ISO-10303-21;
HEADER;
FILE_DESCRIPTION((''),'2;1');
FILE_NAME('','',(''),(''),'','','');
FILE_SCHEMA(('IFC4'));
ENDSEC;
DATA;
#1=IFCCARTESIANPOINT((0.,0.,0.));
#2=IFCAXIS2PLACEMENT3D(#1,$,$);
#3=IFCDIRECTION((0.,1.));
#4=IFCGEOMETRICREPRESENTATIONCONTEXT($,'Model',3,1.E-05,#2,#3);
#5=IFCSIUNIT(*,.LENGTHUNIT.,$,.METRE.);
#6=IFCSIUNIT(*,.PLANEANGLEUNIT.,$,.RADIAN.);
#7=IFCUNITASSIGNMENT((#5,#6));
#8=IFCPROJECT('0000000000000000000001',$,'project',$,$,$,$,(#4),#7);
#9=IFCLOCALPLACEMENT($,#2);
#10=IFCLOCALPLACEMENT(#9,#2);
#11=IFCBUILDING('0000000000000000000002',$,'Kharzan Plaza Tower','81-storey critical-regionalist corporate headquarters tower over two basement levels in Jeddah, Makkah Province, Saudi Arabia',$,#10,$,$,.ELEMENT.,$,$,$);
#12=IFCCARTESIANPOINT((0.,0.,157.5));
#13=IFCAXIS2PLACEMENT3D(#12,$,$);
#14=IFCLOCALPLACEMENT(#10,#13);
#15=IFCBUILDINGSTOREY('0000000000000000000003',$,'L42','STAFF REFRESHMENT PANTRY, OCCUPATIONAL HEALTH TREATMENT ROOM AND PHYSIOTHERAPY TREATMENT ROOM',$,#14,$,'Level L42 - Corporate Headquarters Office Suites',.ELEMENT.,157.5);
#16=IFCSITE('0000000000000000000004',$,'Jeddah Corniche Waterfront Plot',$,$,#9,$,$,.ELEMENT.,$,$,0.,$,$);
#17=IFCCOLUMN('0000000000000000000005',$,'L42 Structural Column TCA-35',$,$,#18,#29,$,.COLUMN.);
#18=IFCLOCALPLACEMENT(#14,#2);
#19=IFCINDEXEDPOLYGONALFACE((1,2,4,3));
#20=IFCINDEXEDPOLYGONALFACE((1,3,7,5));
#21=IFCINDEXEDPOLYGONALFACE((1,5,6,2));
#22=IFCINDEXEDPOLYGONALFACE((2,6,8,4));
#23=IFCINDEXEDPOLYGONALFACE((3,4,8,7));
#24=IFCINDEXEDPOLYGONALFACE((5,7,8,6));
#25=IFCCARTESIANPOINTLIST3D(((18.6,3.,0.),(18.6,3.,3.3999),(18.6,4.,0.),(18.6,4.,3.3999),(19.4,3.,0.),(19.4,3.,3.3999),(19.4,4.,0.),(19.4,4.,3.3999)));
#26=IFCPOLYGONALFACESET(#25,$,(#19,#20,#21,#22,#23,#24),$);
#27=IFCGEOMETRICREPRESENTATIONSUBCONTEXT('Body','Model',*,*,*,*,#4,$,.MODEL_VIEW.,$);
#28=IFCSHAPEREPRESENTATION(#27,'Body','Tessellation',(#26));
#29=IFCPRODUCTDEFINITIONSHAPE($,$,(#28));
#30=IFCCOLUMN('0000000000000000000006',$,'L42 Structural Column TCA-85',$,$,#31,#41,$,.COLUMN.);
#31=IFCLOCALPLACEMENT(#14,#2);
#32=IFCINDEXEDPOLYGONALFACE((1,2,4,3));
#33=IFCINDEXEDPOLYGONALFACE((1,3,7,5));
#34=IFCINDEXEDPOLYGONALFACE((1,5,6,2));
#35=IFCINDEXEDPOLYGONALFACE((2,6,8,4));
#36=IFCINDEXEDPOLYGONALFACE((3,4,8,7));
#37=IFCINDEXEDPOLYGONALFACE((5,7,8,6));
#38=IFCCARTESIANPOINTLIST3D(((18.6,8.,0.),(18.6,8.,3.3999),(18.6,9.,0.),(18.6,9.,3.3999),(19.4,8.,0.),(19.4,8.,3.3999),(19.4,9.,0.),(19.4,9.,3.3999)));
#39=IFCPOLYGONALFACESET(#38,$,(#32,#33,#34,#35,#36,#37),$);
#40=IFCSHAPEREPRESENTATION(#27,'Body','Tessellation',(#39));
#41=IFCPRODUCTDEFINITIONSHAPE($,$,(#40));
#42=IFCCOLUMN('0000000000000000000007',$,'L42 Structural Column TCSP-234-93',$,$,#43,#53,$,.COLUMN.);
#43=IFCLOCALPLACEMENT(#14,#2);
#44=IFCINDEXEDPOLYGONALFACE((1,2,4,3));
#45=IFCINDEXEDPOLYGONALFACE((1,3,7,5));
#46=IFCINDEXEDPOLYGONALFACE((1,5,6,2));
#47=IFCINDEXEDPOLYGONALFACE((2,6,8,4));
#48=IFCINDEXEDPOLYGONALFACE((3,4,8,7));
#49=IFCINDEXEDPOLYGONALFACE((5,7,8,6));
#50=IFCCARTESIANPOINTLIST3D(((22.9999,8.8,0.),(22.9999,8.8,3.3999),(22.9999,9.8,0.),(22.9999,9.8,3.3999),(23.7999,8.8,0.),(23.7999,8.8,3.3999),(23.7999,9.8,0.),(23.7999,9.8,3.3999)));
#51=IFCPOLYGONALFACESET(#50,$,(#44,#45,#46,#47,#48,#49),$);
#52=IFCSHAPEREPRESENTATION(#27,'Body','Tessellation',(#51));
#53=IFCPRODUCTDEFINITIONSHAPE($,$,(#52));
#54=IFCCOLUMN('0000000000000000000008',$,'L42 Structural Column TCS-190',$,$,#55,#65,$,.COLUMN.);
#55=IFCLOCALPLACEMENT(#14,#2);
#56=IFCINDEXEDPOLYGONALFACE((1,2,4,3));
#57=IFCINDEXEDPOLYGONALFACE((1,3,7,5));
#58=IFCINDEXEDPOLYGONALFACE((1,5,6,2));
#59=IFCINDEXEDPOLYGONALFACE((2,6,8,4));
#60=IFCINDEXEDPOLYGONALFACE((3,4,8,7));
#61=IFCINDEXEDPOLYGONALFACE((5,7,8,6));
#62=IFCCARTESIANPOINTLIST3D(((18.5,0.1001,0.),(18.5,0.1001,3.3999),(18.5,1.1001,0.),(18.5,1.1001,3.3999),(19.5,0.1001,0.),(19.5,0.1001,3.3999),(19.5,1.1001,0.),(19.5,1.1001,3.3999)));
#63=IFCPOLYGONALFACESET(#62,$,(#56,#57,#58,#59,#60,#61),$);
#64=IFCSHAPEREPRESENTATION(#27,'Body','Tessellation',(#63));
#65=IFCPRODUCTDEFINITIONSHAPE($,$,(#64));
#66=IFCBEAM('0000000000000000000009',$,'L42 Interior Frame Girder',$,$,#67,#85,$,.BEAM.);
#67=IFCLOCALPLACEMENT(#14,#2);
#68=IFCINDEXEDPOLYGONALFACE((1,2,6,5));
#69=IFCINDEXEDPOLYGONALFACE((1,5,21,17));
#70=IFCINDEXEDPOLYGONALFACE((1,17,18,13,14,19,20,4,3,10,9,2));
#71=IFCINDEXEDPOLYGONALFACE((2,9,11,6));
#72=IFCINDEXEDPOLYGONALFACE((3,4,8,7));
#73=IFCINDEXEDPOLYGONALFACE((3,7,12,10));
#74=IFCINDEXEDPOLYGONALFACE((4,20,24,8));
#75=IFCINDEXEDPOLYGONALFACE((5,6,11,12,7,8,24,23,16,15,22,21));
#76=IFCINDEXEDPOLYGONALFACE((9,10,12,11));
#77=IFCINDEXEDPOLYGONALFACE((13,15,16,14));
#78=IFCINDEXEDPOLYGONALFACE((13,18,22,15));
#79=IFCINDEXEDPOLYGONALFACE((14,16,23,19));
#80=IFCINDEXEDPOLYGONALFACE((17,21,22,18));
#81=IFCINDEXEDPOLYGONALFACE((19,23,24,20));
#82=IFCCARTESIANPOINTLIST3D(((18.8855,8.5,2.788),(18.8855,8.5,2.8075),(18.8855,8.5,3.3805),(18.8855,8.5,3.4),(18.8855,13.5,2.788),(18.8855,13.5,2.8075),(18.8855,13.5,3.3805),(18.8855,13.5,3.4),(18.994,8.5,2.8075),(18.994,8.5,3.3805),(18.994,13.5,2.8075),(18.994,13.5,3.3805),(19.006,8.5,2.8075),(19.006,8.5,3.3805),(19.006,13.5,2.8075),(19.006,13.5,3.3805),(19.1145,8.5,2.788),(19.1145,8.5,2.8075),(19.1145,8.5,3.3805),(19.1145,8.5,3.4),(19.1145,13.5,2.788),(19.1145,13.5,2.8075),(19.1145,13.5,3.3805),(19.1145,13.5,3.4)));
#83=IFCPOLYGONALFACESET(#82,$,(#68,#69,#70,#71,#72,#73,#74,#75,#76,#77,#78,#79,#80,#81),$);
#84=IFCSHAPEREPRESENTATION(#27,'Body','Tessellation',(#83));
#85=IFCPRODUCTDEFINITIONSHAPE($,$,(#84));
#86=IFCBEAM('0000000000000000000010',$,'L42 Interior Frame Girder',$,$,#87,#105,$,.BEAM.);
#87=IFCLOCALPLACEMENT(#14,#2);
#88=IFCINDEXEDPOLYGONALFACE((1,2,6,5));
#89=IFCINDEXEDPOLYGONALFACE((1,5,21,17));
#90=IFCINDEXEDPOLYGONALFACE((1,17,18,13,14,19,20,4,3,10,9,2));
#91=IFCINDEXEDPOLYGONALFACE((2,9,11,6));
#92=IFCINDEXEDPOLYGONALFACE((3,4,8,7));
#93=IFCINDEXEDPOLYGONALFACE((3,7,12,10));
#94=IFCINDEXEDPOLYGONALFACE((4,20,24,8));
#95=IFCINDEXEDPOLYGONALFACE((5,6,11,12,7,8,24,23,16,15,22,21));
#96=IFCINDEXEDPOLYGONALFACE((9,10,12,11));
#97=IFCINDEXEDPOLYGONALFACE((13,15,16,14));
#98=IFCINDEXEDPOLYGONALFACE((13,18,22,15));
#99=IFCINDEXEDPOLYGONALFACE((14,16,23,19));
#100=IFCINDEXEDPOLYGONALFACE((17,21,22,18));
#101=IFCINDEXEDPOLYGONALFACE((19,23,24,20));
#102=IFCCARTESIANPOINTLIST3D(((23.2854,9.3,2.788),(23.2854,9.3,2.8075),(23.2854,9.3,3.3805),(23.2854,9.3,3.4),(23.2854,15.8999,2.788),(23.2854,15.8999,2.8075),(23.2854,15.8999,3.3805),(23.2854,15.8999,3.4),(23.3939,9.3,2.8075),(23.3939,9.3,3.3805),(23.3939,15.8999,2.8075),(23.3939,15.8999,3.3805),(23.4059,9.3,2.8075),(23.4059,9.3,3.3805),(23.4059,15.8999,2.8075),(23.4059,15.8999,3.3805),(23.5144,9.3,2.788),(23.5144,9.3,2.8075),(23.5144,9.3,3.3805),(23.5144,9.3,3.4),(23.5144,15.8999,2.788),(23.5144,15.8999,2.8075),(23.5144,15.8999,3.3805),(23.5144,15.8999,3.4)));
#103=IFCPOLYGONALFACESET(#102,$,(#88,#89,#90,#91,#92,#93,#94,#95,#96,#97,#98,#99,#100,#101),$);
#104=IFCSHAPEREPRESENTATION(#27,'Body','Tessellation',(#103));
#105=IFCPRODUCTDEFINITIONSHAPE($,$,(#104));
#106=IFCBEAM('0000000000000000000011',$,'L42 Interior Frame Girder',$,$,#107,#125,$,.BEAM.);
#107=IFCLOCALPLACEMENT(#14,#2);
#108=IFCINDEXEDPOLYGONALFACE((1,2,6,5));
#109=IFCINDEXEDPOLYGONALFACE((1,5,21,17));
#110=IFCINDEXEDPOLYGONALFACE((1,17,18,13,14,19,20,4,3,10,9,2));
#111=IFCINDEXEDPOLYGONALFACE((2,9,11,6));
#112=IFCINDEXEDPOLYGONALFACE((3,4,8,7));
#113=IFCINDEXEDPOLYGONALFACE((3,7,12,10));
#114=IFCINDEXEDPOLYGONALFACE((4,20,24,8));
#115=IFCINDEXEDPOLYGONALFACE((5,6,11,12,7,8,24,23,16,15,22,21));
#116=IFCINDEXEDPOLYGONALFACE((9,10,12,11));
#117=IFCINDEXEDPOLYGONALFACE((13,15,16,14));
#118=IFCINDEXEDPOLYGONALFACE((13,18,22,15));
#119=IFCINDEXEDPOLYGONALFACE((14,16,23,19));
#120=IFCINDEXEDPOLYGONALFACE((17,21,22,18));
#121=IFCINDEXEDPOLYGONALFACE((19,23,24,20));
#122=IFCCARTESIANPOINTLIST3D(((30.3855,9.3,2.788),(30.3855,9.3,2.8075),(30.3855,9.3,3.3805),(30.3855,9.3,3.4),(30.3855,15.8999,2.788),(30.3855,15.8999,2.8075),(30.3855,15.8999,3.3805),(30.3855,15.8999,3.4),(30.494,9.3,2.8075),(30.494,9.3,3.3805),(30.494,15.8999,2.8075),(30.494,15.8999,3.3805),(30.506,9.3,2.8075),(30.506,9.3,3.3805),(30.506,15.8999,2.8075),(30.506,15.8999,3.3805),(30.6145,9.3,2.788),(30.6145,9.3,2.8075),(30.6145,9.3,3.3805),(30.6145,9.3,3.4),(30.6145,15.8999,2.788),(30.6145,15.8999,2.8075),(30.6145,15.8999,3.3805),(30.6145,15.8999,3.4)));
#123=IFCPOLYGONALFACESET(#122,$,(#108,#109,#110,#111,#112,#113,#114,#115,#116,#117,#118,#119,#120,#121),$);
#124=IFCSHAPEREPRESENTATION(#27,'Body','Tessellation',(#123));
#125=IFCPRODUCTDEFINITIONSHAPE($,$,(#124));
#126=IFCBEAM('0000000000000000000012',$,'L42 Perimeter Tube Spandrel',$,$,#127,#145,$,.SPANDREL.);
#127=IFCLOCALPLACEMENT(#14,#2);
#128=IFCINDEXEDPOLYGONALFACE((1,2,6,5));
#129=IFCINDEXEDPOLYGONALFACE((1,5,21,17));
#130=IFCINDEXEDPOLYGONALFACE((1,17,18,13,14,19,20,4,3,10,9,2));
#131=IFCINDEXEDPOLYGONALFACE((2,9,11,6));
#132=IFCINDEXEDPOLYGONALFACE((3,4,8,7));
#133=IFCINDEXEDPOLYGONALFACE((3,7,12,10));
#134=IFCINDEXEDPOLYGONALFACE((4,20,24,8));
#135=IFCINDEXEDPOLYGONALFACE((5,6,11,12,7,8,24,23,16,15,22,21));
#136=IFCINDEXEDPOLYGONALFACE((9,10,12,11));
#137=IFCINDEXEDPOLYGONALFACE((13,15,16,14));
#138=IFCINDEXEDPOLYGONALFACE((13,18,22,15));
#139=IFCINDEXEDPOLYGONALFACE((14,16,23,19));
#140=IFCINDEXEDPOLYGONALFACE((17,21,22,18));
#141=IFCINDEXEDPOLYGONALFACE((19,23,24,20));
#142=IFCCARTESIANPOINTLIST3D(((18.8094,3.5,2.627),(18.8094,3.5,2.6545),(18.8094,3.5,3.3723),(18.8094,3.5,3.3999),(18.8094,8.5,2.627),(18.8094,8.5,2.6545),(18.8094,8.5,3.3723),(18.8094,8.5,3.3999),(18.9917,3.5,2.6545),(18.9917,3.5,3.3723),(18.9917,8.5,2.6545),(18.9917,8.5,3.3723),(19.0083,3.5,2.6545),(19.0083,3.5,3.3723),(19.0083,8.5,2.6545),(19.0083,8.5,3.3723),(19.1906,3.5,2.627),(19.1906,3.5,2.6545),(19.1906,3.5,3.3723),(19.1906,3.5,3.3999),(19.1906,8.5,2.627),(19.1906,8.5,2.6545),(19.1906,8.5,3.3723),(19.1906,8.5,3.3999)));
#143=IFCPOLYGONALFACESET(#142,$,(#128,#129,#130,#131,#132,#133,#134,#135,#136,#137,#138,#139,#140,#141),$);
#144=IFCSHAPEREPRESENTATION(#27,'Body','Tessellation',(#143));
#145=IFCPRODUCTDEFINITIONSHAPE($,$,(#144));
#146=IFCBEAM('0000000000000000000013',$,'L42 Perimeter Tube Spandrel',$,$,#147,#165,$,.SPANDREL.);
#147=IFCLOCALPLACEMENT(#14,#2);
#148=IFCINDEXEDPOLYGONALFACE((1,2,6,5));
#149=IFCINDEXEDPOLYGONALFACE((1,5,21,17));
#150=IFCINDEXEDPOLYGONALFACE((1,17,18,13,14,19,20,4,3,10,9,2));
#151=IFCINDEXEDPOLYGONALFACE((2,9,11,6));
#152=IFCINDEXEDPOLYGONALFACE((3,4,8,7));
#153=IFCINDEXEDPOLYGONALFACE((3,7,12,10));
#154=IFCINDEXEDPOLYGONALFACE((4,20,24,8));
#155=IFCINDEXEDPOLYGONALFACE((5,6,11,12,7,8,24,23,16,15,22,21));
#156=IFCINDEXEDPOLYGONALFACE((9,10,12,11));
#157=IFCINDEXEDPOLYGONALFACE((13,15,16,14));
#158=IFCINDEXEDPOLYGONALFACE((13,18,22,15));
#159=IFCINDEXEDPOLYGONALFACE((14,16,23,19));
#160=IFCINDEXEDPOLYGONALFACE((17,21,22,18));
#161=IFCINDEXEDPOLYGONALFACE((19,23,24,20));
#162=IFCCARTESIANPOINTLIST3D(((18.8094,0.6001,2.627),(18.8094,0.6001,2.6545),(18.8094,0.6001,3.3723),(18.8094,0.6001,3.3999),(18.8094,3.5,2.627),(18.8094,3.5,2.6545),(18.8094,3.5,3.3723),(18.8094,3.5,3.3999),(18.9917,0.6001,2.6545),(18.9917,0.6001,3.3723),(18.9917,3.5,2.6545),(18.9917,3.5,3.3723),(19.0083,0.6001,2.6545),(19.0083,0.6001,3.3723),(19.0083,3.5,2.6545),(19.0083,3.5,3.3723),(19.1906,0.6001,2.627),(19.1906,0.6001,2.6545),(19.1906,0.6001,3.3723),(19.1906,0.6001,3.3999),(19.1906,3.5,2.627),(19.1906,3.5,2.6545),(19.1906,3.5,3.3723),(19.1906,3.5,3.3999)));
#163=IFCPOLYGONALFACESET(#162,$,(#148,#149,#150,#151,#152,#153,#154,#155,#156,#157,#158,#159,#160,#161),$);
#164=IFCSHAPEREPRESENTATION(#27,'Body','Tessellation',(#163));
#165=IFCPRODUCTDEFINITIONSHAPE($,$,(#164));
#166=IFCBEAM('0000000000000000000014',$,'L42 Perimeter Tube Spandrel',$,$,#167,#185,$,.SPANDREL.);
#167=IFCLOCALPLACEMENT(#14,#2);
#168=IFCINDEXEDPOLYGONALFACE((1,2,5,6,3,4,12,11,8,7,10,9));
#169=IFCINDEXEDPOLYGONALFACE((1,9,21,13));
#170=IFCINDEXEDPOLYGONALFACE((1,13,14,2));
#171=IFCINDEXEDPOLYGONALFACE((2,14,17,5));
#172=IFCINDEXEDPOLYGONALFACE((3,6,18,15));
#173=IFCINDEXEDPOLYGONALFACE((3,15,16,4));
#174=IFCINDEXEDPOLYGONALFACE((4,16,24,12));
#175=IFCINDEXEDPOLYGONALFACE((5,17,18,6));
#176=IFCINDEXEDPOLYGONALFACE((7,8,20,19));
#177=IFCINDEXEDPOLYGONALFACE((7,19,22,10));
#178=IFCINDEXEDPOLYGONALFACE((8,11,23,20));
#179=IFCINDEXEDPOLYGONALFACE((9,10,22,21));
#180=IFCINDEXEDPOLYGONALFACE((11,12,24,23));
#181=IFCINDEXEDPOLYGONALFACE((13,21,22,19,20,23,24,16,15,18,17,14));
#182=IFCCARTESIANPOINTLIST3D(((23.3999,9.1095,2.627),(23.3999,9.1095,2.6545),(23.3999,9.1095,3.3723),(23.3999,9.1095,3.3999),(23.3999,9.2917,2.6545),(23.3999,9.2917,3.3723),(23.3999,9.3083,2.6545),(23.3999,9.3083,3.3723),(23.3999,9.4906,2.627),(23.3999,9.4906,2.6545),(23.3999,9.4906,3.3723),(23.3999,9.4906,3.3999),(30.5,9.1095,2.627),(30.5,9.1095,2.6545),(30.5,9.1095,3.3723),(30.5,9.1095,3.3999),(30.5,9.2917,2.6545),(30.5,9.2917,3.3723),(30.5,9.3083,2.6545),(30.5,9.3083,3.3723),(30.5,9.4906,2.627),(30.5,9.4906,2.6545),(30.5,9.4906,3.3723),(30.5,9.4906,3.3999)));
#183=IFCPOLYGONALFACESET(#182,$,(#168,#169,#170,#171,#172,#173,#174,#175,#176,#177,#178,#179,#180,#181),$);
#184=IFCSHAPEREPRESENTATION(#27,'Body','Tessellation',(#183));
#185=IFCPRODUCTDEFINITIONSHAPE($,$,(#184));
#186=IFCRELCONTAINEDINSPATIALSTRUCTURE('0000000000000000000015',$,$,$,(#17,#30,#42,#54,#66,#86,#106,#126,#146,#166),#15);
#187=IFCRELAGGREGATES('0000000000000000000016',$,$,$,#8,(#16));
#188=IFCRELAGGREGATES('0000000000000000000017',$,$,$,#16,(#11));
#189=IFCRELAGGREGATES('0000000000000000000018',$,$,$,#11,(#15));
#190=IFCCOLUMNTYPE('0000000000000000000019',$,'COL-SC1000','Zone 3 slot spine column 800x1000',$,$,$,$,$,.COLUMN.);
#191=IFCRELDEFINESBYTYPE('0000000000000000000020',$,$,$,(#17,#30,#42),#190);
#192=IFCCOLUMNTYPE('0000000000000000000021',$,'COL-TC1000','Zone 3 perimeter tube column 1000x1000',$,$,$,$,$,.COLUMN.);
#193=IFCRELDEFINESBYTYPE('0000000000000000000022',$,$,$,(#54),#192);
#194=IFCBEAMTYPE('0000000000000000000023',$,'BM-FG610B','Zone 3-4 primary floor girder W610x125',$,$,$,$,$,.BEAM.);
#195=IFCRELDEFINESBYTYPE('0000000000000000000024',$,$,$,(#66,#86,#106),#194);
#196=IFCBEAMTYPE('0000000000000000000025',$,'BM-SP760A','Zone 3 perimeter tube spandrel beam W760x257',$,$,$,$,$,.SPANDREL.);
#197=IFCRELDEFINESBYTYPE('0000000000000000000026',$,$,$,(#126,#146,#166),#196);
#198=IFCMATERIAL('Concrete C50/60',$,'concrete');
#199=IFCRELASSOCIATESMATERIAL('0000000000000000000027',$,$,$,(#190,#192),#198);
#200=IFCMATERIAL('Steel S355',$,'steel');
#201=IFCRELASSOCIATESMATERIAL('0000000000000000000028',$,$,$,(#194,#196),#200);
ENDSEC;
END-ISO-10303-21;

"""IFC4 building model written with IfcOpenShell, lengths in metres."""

from ifc_helpers import new_model, si_unit, direction, frame, origin, origin_2d, place, context, subcontext, project, spatial, rectangle, i_section, extrude, source, transform, mapped, material, material_profile, profile_set, type_object, element, save


model = new_model("IFC4")

# Units and contexts
model_context = context("Model", 3, precision=1e-05, world=origin(), true_north=direction((0.0, 1.0)))
body_context = subcontext(model_context, "Body", "Model", "MODEL_VIEW")
ifc_project = project(units=[si_unit("LENGTHUNIT", "METRE"), si_unit("PLANEANGLEUNIT", "RADIAN")], contexts=[model_context])

# Site, building, storey
site_placement = place(None, origin())
site = spatial("IfcSite", under=ifc_project, at=site_placement, Name="Jeddah Corniche Waterfront Plot", CompositionType="ELEMENT", RefElevation=0.0)
building_placement = place(site_placement, origin())
building = spatial("IfcBuilding", under=site, at=building_placement, Name="Kharzan Plaza Tower", Description="81-storey critical-regionalist corporate headquarters tower over two basement levels in Jeddah, Makkah Province, Saudi Arabia", CompositionType="ELEMENT")
storey_placement = place(building_placement, frame((0.0, 0.0, 157.5)))
storey = spatial("IfcBuildingStorey", under=building, at=storey_placement, Name="L42", Description="STAFF REFRESHMENT PANTRY, OCCUPATIONAL HEALTH TREATMENT ROOM AND PHYSIOTHERAPY TREATMENT ROOM", LongName="Level L42 - Corporate Headquarters Office Suites", CompositionType="ELEMENT", Elevation=157.5)

# Columns
ifc_material_1 = material(Name="Concrete C50/60", Category="concrete")
ifc_material_profile_1 = material_profile(ifc_material_1, rectangle(XDim=0.8, YDim=1.0, at=origin_2d()), Name="RC-SC1000x800")
ifc_profile_set_1 = profile_set([ifc_material_profile_1], Name="Concrete C50/60")
column_type_1 = type_object("IfcColumnType", Name="COL-SC1000", Description="Zone 3 slot spine column 800x1000", PredefinedType="COLUMN", material=ifc_profile_set_1)
shared_shape_1 = source(origin(), body_context, "Body", "SweptSolid", [
    extrude(rectangle(XDim=0.8, YDim=1.0, at=origin_2d()), origin(), (0.0, 0.0, 1.0), 3.3999),
])
for number, where, z_axis, x_axis, name in (
    (1, (19.0, 3.5, 0.0), (0.0, 0.0, 1.0), (1.0, 0.0, 0.0), "L42 Structural Column TCA-35"),
    (2, (19.0, 8.5, 0.0), (0.0, 0.0, 1.0), (1.0, 0.0, 0.0), "L42 Structural Column TCA-85"),
    (3, (23.3999, 9.3, 0.0), (0.0, 0.0, 1.0), (1.0, 0.0, 0.0), "L42 Structural Column TCSP-234-93"),
):
    element("IfcColumn", number, at=place(storey_placement, frame(where, z_axis=z_axis, x_axis=x_axis)), inside=storey, type_object=column_type_1, Name=name, PredefinedType="COLUMN", context=body_context, shape_type="MappedRepresentation", body=[
        mapped(shared_shape_1, transform((0.0, 0.0, 0.0), x_axis=(1.0, 0.0, 0.0), y_axis=(0.0, 1.0, 0.0), z_axis=(0.0, 0.0, 1.0))),
    ])
ifc_material_profile_2 = material_profile(ifc_material_1, rectangle(XDim=1.0, YDim=1.0, at=origin_2d()), Name="RC-TC1000x1000")
ifc_profile_set_2 = profile_set([ifc_material_profile_2], Name="Concrete C50/60")
column_type_2 = type_object("IfcColumnType", Name="COL-TC1000", Description="Zone 3 perimeter tube column 1000x1000", PredefinedType="COLUMN", material=ifc_profile_set_2)
shared_shape_2 = source(origin(), body_context, "Body", "SweptSolid", [
    extrude(rectangle(XDim=1.0, YDim=1.0, at=origin_2d()), origin(), (0.0, 0.0, 1.0), 3.3999),
])
column_placement = place(storey_placement, frame((19.0, 0.6001, 0.0), z_axis=(0.0, 0.0, 1.0), x_axis=(1.0, 0.0, 0.0)))
element("IfcColumn", 4, at=column_placement, inside=storey, type_object=column_type_2, Name="L42 Structural Column TCS-190", PredefinedType="COLUMN", context=body_context, shape_type="MappedRepresentation", body=[
    mapped(shared_shape_2, transform((0.0, 0.0, 0.0), x_axis=(1.0, 0.0, 0.0), y_axis=(0.0, 1.0, 0.0), z_axis=(0.0, 0.0, 1.0))),
])

# Beams
ifc_material_2 = material(Name="Steel S355", Category="steel")
ifc_material_profile_3 = material_profile(ifc_material_2, i_section(OverallWidth=0.229, OverallDepth=0.6121, WebThickness=0.012, FlangeThickness=0.0195, at=origin_2d()), Name="W610x125")
ifc_profile_set_3 = profile_set([ifc_material_profile_3], Name="Steel S355")
beam_type_1 = type_object("IfcBeamType", Name="BM-FG610B", Description="Zone 3-4 primary floor girder W610x125", PredefinedType="BEAM", material=ifc_profile_set_3)
shared_shape_3 = source(origin(), body_context, "Body", "SweptSolid", [
    extrude(i_section(OverallWidth=0.229, OverallDepth=0.6121, WebThickness=0.012, FlangeThickness=0.0195, at=origin_2d()), origin(), (0.0, 0.0, 1.0), 5.0),
])
beam_1_placement = place(storey_placement, frame((19.0, 8.5, 3.094), z_axis=(0.0, 1.0, 0.0), x_axis=(-1.0, 0.0, 0.0)))
element("IfcBeam", 5, at=beam_1_placement, inside=storey, type_object=beam_type_1, Name="L42 Interior Frame Girder", PredefinedType="BEAM", context=body_context, shape_type="MappedRepresentation", body=[
    mapped(shared_shape_3, transform((0.0, 0.0, 0.0), x_axis=(1.0, 0.0, 0.0), y_axis=(0.0, 1.0, 0.0), z_axis=(0.0, 0.0, 1.0))),
])
shared_shape_4 = source(origin(), body_context, "Body", "SweptSolid", [
    extrude(i_section(OverallWidth=0.229, OverallDepth=0.6121, WebThickness=0.012, FlangeThickness=0.0195, at=origin_2d()), origin(), (0.0, 0.0, 1.0), 6.5999),
])
for number, where, z_axis, x_axis, name in (
    (6, (23.3999, 9.3, 3.094), (0.0, 1.0, 0.0), (-1.0, 0.0, 0.0), "L42 Interior Frame Girder"),
    (7, (30.5, 9.3, 3.094), (0.0, 1.0, 0.0), (-1.0, 0.0, 0.0), "L42 Interior Frame Girder"),
):
    element("IfcBeam", number, at=place(storey_placement, frame(where, z_axis=z_axis, x_axis=x_axis)), inside=storey, type_object=beam_type_1, Name=name, PredefinedType="BEAM", context=body_context, shape_type="MappedRepresentation", body=[
        mapped(shared_shape_4, transform((0.0, 0.0, 0.0), x_axis=(1.0, 0.0, 0.0), y_axis=(0.0, 1.0, 0.0), z_axis=(0.0, 0.0, 1.0))),
    ])
ifc_material_profile_4 = material_profile(ifc_material_2, i_section(OverallWidth=0.3811, OverallDepth=0.7729, WebThickness=0.0166, FlangeThickness=0.0276, at=origin_2d()), Name="W760x257")
ifc_profile_set_4 = profile_set([ifc_material_profile_4], Name="Steel S355")
beam_type_2 = type_object("IfcBeamType", Name="BM-SP760A", Description="Zone 3 perimeter tube spandrel beam W760x257", PredefinedType="SPANDREL", material=ifc_profile_set_4)
shared_shape_5 = source(origin(), body_context, "Body", "SweptSolid", [
    extrude(i_section(OverallWidth=0.3811, OverallDepth=0.7729, WebThickness=0.0166, FlangeThickness=0.0276, at=origin_2d()), origin(), (0.0, 0.0, 1.0), 5.0),
])
beam_2_placement = place(storey_placement, frame((19.0, 3.5, 3.0134), z_axis=(0.0, 1.0, 0.0), x_axis=(-1.0, 0.0, 0.0)))
element("IfcBeam", 8, at=beam_2_placement, inside=storey, type_object=beam_type_2, Name="L42 Perimeter Tube Spandrel", PredefinedType="SPANDREL", context=body_context, shape_type="MappedRepresentation", body=[
    mapped(shared_shape_5, transform((0.0, 0.0, 0.0), x_axis=(1.0, 0.0, 0.0), y_axis=(0.0, 1.0, 0.0), z_axis=(0.0, 0.0, 1.0))),
])
shared_shape_6 = source(origin(), body_context, "Body", "SweptSolid", [
    extrude(i_section(OverallWidth=0.3811, OverallDepth=0.7729, WebThickness=0.0166, FlangeThickness=0.0276, at=origin_2d()), origin(), (0.0, 0.0, 1.0), 2.8999),
])
beam_3_placement = place(storey_placement, frame((19.0, 0.6001, 3.0134), z_axis=(0.0, 1.0, 0.0), x_axis=(-1.0, 0.0, 0.0)))
element("IfcBeam", 9, at=beam_3_placement, inside=storey, type_object=beam_type_2, Name="L42 Perimeter Tube Spandrel", PredefinedType="SPANDREL", context=body_context, shape_type="MappedRepresentation", body=[
    mapped(shared_shape_6, transform((0.0, 0.0, 0.0), x_axis=(1.0, 0.0, 0.0), y_axis=(0.0, 1.0, 0.0), z_axis=(0.0, 0.0, 1.0))),
])
shared_shape_7 = source(origin(), body_context, "Body", "SweptSolid", [
    extrude(i_section(OverallWidth=0.3811, OverallDepth=0.7729, WebThickness=0.0166, FlangeThickness=0.0276, at=origin_2d()), origin(), (0.0, 0.0, 1.0), 7.1001),
])
beam_4_placement = place(storey_placement, frame((23.3999, 9.3, 3.0134), z_axis=(1.0, 0.0, 0.0), x_axis=(0.0, 1.0, 0.0)))
element("IfcBeam", 10, at=beam_4_placement, inside=storey, type_object=beam_type_2, Name="L42 Perimeter Tube Spandrel", PredefinedType="SPANDREL", context=body_context, shape_type="MappedRepresentation", body=[
    mapped(shared_shape_7, transform((0.0, 0.0, 0.0), x_axis=(1.0, 0.0, 0.0), y_axis=(0.0, 1.0, 0.0), z_axis=(0.0, 0.0, 1.0))),
])

save(model, "model.ifc")
